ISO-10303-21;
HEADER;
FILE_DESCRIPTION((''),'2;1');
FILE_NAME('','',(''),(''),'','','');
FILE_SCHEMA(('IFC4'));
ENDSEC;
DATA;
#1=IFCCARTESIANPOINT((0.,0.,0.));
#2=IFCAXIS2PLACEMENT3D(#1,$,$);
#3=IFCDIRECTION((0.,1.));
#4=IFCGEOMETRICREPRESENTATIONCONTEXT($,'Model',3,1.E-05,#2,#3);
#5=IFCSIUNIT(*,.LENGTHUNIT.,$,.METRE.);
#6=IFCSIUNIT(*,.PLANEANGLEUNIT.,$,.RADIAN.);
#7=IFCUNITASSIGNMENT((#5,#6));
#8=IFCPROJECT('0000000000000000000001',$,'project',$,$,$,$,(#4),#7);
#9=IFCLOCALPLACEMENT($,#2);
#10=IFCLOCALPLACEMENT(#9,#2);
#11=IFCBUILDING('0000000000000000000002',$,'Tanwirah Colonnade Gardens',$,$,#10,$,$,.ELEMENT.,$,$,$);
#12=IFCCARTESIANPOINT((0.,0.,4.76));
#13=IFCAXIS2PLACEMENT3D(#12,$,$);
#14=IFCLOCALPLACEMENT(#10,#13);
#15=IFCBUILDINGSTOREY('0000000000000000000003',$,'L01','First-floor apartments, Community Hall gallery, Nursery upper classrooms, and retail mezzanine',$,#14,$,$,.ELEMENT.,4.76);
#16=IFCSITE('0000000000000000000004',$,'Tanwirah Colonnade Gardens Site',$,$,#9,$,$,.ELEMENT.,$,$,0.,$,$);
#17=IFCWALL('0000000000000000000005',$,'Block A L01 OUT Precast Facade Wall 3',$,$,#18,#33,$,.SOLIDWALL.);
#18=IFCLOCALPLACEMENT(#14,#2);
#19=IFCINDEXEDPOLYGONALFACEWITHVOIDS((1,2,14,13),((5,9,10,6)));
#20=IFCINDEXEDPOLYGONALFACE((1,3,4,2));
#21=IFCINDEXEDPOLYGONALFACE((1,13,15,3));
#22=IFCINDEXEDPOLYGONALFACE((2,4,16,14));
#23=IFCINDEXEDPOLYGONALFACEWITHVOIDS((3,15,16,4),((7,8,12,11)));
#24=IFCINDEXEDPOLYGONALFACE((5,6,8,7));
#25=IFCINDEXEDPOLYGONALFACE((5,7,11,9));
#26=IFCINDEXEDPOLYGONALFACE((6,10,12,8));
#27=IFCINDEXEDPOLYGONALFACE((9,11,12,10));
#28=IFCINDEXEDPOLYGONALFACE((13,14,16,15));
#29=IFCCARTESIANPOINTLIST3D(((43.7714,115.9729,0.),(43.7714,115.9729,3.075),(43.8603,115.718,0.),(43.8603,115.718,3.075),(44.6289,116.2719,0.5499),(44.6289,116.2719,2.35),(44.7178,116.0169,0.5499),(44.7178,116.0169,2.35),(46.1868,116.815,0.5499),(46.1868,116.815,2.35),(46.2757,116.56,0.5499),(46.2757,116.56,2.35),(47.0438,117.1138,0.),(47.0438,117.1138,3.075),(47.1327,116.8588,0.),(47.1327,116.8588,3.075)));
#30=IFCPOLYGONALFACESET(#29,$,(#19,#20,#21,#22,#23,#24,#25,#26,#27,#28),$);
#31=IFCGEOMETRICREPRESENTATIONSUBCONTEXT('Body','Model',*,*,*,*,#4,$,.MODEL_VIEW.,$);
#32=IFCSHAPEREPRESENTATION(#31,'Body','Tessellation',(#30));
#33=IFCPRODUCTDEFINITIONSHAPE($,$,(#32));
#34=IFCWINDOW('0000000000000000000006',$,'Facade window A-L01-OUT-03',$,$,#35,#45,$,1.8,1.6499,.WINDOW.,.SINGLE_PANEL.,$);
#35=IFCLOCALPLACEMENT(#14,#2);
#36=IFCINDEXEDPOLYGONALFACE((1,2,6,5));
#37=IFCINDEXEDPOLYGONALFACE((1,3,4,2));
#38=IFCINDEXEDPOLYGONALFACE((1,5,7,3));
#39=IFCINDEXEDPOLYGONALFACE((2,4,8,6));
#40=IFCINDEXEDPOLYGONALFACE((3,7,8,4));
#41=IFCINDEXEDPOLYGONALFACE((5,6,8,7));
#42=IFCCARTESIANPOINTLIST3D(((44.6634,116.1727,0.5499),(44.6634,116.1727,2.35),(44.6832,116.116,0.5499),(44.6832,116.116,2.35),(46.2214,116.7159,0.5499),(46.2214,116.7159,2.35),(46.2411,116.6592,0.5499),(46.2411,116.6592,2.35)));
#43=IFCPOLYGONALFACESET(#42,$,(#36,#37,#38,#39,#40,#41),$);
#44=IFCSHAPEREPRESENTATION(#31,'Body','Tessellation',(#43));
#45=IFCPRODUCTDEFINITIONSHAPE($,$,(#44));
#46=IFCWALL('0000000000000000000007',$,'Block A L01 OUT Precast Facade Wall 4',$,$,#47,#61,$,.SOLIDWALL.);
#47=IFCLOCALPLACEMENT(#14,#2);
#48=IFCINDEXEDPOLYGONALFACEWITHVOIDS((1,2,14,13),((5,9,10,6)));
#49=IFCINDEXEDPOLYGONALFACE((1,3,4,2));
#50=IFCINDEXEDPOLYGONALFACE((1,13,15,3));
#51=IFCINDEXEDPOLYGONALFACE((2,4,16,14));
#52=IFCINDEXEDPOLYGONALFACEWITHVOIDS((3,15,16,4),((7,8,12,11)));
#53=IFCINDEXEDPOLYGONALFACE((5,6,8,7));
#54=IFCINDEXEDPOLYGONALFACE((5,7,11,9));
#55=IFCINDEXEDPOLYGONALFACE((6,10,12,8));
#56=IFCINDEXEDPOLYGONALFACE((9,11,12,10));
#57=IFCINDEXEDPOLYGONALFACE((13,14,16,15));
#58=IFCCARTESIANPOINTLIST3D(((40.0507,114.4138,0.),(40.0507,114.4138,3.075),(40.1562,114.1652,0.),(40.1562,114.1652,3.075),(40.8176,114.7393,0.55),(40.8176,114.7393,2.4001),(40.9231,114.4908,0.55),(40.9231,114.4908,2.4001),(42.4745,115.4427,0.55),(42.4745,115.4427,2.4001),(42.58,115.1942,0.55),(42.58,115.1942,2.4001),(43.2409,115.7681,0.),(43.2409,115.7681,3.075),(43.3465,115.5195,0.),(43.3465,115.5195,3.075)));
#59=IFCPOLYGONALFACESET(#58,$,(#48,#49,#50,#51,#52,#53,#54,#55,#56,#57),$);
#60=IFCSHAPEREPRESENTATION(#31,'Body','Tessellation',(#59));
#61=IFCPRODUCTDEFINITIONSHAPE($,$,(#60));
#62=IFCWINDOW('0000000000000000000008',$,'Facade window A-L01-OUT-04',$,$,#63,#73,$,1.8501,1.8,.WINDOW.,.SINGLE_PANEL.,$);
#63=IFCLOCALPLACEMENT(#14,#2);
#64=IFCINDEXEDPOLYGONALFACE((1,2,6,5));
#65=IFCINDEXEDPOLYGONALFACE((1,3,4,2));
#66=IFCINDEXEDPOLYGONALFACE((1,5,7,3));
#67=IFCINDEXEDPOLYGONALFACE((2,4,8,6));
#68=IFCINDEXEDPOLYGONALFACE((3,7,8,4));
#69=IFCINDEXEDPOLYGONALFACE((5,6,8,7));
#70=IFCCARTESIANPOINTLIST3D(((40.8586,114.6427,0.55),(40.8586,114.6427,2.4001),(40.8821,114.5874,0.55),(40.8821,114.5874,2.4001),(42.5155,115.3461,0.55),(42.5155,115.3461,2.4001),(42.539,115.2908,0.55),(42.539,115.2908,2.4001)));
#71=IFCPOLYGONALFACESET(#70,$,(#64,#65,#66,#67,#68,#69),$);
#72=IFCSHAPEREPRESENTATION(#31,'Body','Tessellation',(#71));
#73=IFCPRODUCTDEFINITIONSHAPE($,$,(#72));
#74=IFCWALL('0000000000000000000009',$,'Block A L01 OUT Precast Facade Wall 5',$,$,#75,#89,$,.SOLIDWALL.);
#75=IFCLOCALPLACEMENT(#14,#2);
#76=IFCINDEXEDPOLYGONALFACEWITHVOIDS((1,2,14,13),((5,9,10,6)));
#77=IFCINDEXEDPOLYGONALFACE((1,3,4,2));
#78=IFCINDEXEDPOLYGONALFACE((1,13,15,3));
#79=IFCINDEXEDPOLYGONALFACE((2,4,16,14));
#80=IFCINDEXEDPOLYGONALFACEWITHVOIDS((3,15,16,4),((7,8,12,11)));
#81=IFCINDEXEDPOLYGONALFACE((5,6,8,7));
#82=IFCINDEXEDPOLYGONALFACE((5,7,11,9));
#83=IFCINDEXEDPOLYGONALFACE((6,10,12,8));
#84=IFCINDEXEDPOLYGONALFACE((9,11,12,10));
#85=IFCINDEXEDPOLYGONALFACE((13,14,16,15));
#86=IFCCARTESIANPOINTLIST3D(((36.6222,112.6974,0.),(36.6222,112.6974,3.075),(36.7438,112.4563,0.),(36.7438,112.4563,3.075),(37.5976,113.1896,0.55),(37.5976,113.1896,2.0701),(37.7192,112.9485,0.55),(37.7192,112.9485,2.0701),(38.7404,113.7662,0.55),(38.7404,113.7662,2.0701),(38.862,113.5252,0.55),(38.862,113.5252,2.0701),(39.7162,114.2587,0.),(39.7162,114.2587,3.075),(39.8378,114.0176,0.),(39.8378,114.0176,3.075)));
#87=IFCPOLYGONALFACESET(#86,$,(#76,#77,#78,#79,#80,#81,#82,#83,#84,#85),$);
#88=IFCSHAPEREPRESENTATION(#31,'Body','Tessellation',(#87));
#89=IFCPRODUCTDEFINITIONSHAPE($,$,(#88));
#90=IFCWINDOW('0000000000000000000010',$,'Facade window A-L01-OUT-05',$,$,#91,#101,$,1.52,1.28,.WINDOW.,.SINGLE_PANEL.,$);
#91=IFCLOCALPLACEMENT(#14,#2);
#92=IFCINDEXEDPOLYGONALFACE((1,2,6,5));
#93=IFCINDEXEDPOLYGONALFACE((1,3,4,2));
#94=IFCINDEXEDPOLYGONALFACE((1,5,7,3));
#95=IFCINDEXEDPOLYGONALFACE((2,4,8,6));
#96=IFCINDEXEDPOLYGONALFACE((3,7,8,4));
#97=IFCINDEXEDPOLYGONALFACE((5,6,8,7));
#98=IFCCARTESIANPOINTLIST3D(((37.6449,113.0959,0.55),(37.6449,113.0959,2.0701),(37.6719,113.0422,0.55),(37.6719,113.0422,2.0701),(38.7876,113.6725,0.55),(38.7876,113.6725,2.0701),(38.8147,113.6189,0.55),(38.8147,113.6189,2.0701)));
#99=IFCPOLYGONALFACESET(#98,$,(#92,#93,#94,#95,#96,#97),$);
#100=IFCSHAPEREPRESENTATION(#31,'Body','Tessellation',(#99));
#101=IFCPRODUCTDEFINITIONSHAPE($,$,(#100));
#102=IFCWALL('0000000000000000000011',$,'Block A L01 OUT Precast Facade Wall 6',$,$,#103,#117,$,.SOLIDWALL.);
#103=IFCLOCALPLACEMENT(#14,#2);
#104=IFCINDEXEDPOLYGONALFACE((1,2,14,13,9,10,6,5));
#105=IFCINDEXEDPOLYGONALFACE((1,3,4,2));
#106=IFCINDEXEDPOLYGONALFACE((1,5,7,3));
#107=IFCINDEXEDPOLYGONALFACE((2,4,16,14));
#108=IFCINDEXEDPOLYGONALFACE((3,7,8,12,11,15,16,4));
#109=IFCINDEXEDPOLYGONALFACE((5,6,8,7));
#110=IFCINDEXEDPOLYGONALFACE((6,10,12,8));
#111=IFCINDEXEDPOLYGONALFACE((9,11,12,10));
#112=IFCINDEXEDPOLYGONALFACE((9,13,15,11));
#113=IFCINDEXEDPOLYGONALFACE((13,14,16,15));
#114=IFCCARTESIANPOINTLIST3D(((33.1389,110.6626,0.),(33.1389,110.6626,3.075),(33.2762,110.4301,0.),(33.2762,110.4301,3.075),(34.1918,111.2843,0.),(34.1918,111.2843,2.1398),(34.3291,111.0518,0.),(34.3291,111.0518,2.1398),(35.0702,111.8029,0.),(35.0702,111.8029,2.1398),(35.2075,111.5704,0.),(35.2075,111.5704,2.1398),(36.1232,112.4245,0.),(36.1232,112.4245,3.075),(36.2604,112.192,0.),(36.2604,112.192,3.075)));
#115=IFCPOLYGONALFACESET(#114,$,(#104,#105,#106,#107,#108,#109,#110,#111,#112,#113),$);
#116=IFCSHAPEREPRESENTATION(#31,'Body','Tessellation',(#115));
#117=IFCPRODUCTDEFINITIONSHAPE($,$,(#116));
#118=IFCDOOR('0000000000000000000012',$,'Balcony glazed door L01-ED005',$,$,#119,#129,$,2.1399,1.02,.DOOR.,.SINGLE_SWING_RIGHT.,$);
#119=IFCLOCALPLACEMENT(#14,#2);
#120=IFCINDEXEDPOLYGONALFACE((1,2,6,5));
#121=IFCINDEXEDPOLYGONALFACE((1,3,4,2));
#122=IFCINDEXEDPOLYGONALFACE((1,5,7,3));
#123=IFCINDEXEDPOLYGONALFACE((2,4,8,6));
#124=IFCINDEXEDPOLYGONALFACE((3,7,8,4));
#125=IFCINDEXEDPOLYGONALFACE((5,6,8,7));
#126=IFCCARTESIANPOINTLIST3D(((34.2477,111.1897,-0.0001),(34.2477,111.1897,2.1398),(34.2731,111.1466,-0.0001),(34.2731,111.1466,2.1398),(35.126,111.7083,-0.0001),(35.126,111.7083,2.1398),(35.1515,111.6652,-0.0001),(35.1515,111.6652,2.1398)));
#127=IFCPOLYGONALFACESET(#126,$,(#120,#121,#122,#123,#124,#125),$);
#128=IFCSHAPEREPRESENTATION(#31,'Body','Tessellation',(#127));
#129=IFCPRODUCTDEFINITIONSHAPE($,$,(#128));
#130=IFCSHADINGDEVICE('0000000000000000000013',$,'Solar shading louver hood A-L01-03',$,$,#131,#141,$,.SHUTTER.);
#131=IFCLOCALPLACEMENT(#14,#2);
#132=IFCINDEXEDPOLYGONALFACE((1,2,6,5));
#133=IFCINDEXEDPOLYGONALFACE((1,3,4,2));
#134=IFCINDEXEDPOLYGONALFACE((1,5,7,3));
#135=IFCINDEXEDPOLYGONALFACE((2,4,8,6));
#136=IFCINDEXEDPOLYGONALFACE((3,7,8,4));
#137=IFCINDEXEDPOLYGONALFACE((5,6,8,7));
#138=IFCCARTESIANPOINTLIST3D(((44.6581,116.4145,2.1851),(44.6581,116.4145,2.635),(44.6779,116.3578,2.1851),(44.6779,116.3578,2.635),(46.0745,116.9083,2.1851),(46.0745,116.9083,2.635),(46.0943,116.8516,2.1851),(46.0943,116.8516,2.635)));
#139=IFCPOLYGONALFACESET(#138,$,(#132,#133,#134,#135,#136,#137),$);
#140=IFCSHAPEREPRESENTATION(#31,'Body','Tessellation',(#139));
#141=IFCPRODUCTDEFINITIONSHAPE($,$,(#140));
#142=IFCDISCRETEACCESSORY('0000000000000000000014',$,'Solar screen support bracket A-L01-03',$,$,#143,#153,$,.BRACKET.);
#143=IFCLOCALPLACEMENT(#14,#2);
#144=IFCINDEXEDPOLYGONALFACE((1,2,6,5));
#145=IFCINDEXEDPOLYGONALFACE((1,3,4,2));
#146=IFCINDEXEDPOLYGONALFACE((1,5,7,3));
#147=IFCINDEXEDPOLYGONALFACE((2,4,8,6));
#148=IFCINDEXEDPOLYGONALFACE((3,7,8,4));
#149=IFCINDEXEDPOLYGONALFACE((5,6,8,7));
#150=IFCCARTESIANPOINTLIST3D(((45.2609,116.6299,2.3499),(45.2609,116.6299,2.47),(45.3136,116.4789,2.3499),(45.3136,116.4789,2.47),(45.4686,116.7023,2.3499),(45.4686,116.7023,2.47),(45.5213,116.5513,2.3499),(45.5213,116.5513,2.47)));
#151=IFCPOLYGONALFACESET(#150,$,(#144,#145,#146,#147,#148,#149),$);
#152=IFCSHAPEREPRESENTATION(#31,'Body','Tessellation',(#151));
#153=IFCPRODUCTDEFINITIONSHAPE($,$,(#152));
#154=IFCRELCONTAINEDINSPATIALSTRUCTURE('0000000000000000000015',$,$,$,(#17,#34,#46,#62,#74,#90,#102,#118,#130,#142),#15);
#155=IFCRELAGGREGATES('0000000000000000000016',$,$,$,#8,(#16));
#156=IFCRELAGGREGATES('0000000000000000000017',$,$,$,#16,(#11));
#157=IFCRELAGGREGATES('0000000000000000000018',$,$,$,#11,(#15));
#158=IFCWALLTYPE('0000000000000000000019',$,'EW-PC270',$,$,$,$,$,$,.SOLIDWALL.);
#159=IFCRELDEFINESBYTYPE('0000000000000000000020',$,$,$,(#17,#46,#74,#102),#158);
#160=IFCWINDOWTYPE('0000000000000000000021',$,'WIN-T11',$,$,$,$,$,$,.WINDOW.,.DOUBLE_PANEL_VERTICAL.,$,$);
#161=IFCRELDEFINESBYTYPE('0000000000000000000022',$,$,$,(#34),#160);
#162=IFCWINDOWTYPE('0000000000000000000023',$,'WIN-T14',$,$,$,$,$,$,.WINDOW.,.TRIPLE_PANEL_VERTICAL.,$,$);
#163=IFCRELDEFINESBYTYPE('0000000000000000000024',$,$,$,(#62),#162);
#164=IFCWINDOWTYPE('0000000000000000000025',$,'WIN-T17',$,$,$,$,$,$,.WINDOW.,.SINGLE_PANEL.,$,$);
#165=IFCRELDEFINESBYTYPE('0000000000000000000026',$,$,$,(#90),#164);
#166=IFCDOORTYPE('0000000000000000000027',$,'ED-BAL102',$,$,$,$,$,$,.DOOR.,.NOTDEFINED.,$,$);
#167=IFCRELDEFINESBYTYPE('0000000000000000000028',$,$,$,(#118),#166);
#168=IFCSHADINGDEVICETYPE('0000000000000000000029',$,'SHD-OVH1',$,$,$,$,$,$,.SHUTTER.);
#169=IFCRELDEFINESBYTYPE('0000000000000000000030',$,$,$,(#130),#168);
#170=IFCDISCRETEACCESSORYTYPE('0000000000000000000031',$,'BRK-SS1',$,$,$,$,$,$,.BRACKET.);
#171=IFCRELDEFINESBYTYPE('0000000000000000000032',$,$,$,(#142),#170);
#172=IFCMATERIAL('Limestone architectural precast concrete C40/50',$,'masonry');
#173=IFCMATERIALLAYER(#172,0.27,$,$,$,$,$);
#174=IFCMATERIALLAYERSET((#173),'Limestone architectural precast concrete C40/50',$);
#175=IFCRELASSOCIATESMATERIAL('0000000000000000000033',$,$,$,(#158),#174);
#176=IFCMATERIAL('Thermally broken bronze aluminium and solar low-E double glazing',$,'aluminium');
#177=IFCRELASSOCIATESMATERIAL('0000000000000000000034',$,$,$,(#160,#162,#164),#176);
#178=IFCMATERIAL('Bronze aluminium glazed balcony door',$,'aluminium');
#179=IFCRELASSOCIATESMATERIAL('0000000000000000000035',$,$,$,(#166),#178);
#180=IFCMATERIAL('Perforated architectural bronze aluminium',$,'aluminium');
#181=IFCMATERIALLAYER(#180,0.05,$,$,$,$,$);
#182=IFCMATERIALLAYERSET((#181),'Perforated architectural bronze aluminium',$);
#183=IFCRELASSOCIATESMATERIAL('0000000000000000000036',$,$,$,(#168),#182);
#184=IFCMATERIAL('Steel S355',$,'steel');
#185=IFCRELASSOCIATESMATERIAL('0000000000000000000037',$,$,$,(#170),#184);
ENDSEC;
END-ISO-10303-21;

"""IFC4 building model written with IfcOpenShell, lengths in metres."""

from ifc_helpers import new_model, si_unit, direction, frame, frame_2d, origin, origin_2d, place, context, subcontext, project, spatial, rectangle, extrude, material, layer, layer_set, type_object, element, fill, save


model = new_model("IFC4")

# Units and contexts
model_context = context("Model", 3, precision=1e-05, world=origin(), true_north=direction((0.0, 1.0)))
body_context = subcontext(model_context, "Body", "Model", "MODEL_VIEW")
ifc_project = project(units=[si_unit("LENGTHUNIT", "METRE"), si_unit("PLANEANGLEUNIT", "RADIAN")], contexts=[model_context])

# Site, building, storey
site_placement = place(None, origin())
site = spatial("IfcSite", under=ifc_project, at=site_placement, Name="Tanwirah Colonnade Gardens Site", CompositionType="ELEMENT", RefElevation=0.0)
building_placement = place(site_placement, origin())
building = spatial("IfcBuilding", under=site, at=building_placement, Name="Tanwirah Colonnade Gardens", CompositionType="ELEMENT")
storey_placement = place(building_placement, frame((0.0, 0.0, 4.76)))
storey = spatial("IfcBuildingStorey", under=building, at=storey_placement, Name="L01", Description="First-floor apartments, Community Hall gallery, Nursery upper classrooms, and retail mezzanine", CompositionType="ELEMENT", Elevation=4.76)

# Walls, openings, windows
ifc_material_1 = material(Name="Limestone architectural precast concrete C40/50", Category="masonry")
ifc_layer_1 = layer(ifc_material_1, 0.27)
ifc_layer_set_1 = layer_set([ifc_layer_1], Name="Limestone architectural precast concrete C40/50")
wall_type_1 = type_object("IfcWallType", Name="EW-PC270", PredefinedType="SOLIDWALL", material=ifc_layer_set_1)
wall_1_placement = place(storey_placement, frame((47.0884, 116.9863, 0.0), z_axis=(0.0, 0.0, 1.0), x_axis=(-0.944262, -0.329195, 0.0)))
wall_1 = element("IfcWall", 1, at=wall_1_placement, inside=storey, type_object=wall_type_1, Name="Block A L01 OUT Precast Facade Wall 3", PredefinedType="SOLIDWALL", context=body_context, shape_type="SweptSolid", body=[
    extrude(rectangle(XDim=3.4656, YDim=0.27, at=frame_2d((1.7329, 0.0))), origin(), (0.0, 0.0, 1.0), 3.075),
])
opening_1_placement = place(wall_1_placement, frame((0.9077, 0.0, 0.55)))
opening_1 = element("IfcOpeningElement", 2, at=opening_1_placement, cuts=wall_1, PredefinedType="OPENING", context=body_context, shape_type="SweptSolid", body=[
    extrude(rectangle(XDim=1.6499, YDim=1.8, at=frame_2d((0.825, 0.8999))), frame((0.0, 0.145, 0.0), z_axis=(0.0, -1.0, 0.0), x_axis=(1.0, 0.0, 0.0)), (0.0, 0.0, 1.0), 0.29),
])
ifc_material_2 = material(Name="Thermally broken bronze aluminium and solar low-E double glazing", Category="aluminium")
window_type_1 = type_object("IfcWindowType", Name="WIN-T11", PartitioningType="DOUBLE_PANEL_VERTICAL", PredefinedType="WINDOW", material=ifc_material_2)
window_1_placement = place(opening_1_placement, origin())
window_1 = element("IfcWindow", 3, at=window_1_placement, inside=storey, type_object=window_type_1, Name="Facade window A-L01-OUT-03", OverallHeight=1.8, OverallWidth=1.6499, PartitioningType="SINGLE_PANEL", PredefinedType="WINDOW", context=body_context, shape_type="SweptSolid", body=[
    extrude(rectangle(XDim=1.6499, YDim=1.8, at=frame_2d((0.825, 0.8999))), frame((0.0, 0.03, 0.0), z_axis=(0.0, -1.0, 0.0), x_axis=(1.0, 0.0, 0.0)), (0.0, 0.0, 1.0), 0.0601),
])
fill(opening_1, window_1)
wall_2_placement = place(storey_placement, frame((43.2937, 115.6438, 0.0), z_axis=(0.0, 0.0, 1.0), x_axis=(-0.920495, -0.390754, 0.0)))
wall_2 = element("IfcWall", 4, at=wall_2_placement, inside=storey, type_object=wall_type_1, Name="Block A L01 OUT Precast Facade Wall 4", PredefinedType="SOLIDWALL", context=body_context, shape_type="SweptSolid", body=[
    extrude(rectangle(XDim=3.4658, YDim=0.27, at=frame_2d((1.7329, 0.0))), origin(), (0.0, 0.0, 1.0), 3.075),
])
opening_2_placement = place(wall_2_placement, frame((0.8328, 0.0, 0.55)))
opening_2 = element("IfcOpeningElement", 5, at=opening_2_placement, cuts=wall_2, PredefinedType="OPENING", context=body_context, shape_type="SweptSolid", body=[
    extrude(rectangle(XDim=1.8, YDim=1.8501, at=frame_2d((0.8999, 0.925))), frame((0.0, 0.145, 0.0), z_axis=(0.0, -1.0, 0.0), x_axis=(1.0, 0.0, 0.0)), (0.0, 0.0, 1.0), 0.29),
])
window_type_2 = type_object("IfcWindowType", Name="WIN-T14", PartitioningType="TRIPLE_PANEL_VERTICAL", PredefinedType="WINDOW", material=ifc_material_2)
window_2_placement = place(opening_2_placement, origin())
window_2 = element("IfcWindow", 6, at=window_2_placement, inside=storey, type_object=window_type_2, Name="Facade window A-L01-OUT-04", OverallHeight=1.8501, OverallWidth=1.8, PartitioningType="SINGLE_PANEL", PredefinedType="WINDOW", context=body_context, shape_type="SweptSolid", body=[
    extrude(rectangle(XDim=1.8, YDim=1.8501, at=frame_2d((0.8999, 0.925))), frame((0.0, 0.03, 0.0), z_axis=(0.0, -1.0, 0.0), x_axis=(1.0, 0.0, 0.0)), (0.0, 0.0, 1.0), 0.0601),
])
fill(opening_2, window_2)
wall_3_placement = place(storey_placement, frame((39.7771, 114.1382, 0.0), z_axis=(0.0, 0.0, 1.0), x_axis=(-0.892773, -0.450507, 0.0)))
wall_3 = element("IfcWall", 7, at=wall_3_placement, inside=storey, type_object=wall_type_1, Name="Block A L01 OUT Precast Facade Wall 5", PredefinedType="SOLIDWALL", context=body_context, shape_type="SweptSolid", body=[
    extrude(rectangle(XDim=3.4656, YDim=0.27, at=frame_2d((1.7329, 0.0))), origin(), (0.0, 0.0, 1.0), 3.075),
])
opening_3_placement = place(wall_3_placement, frame((1.093, 0.0, 0.55)))
opening_3 = element("IfcOpeningElement", 8, at=opening_3_placement, cuts=wall_3, PredefinedType="OPENING", context=body_context, shape_type="SweptSolid", body=[
    extrude(rectangle(XDim=1.28, YDim=1.52, at=frame_2d((0.6401, 0.76))), frame((0.0, 0.145, 0.0), z_axis=(0.0, -1.0, 0.0), x_axis=(1.0, 0.0, 0.0)), (0.0, 0.0, 1.0), 0.29),
])
window_type_3 = type_object("IfcWindowType", Name="WIN-T17", PartitioningType="SINGLE_PANEL", PredefinedType="WINDOW", material=ifc_material_2)
window_3_placement = place(opening_3_placement, origin())
window_3 = element("IfcWindow", 9, at=window_3_placement, inside=storey, type_object=window_type_3, Name="Facade window A-L01-OUT-05", OverallHeight=1.52, OverallWidth=1.28, PartitioningType="SINGLE_PANEL", PredefinedType="WINDOW", context=body_context, shape_type="SweptSolid", body=[
    extrude(rectangle(XDim=1.28, YDim=1.52, at=frame_2d((0.6401, 0.76))), frame((0.0, 0.03, 0.0), z_axis=(0.0, -1.0, 0.0), x_axis=(1.0, 0.0, 0.0)), (0.0, 0.0, 1.0), 0.0601),
])
fill(opening_3, window_3)

# Wall, opening, door
wall_4_placement = place(storey_placement, frame((36.1919, 112.3083, 0.0), z_axis=(0.0, 0.0, 1.0), x_axis=(-0.86112, -0.508402, 0.0)))
wall_4 = element("IfcWall", 10, at=wall_4_placement, inside=storey, type_object=wall_type_1, Name="Block A L01 OUT Precast Facade Wall 6", PredefinedType="SOLIDWALL", context=body_context, shape_type="SweptSolid", body=[
    extrude(rectangle(XDim=3.4656, YDim=0.27, at=frame_2d((1.7329, 0.0))), origin(), (0.0, 0.0, 1.0), 3.075),
])
opening_4_placement = place(wall_4_placement, frame((1.2229, 0.0, 0.0)))
opening_4 = element("IfcOpeningElement", 11, at=opening_4_placement, cuts=wall_4, PredefinedType="OPENING", context=body_context, shape_type="SweptSolid", body=[
    extrude(rectangle(XDim=1.02, YDim=2.1399, at=frame_2d((0.51, 1.0698))), frame((0.0, 0.145, 0.0), z_axis=(0.0, -1.0, 0.0), x_axis=(1.0, 0.0, 0.0)), (0.0, 0.0, 1.0), 0.29),
])
ifc_material_3 = material(Name="Bronze aluminium glazed balcony door", Category="aluminium")
door_type_1 = type_object("IfcDoorType", Name="ED-BAL102", OperationType="NOTDEFINED", PredefinedType="DOOR", material=ifc_material_3)
door_1_placement = place(opening_4_placement, origin())
door_1 = element("IfcDoor", 12, at=door_1_placement, inside=storey, type_object=door_type_1, Name="Balcony glazed door L01-ED005", OperationType="SINGLE_SWING_RIGHT", OverallHeight=2.1399, OverallWidth=1.02, PredefinedType="DOOR", context=body_context, shape_type="SweptSolid", body=[
    extrude(rectangle(XDim=1.02, YDim=2.1399, at=frame_2d((0.51, 1.0698))), frame((0.0, 0.0249, 0.0), z_axis=(0.0, -1.0, 0.0), x_axis=(1.0, 0.0, 0.0)), (0.0, 0.0, 1.0), 0.05),
])
fill(opening_4, door_1)

# Shading device
ifc_material_4 = material(Name="Perforated architectural bronze aluminium", Category="aluminium")
ifc_layer_2 = layer(ifc_material_4, 0.05)
ifc_layer_set_2 = layer_set([ifc_layer_2], Name="Perforated architectural bronze aluminium")
shading_device_type = type_object("IfcShadingDeviceType", Name="SHD-OVH1", PredefinedType="SHUTTER", material=ifc_layer_set_2)
shading_device_placement = place(storey_placement, frame((45.3762, 116.6331, 2.1851), z_axis=(0.0, 0.0, 1.0), x_axis=(-0.944249, -0.329233, 0.0)))
element("IfcShadingDevice", 13, at=shading_device_placement, inside=storey, type_object=shading_device_type, Name="Solar shading louver hood A-L01-03", PredefinedType="SHUTTER", context=body_context, shape_type="SweptSolid", body=[
    extrude(rectangle(XDim=1.5, YDim=0.0601, at=origin_2d()), origin(), (0.0, 0.0, 1.0), 0.45),
])

# Discrete accessory
ifc_material_5 = material(Name="Steel S355", Category="steel")
discrete_accessory_type = type_object("IfcDiscreteAccessoryType", Name="BRK-SS1", PredefinedType="BRACKET", material=ifc_material_5)
discrete_accessory_placement = place(storey_placement, frame((45.3911, 116.5906, 2.3499), z_axis=(0.0, 0.0, 1.0), x_axis=(-0.944249, -0.329233, 0.0)))
element("IfcDiscreteAccessory", 14, at=discrete_accessory_placement, inside=storey, type_object=discrete_accessory_type, Name="Solar screen support bracket A-L01-03", PredefinedType="BRACKET", context=body_context, shape_type="SweptSolid", body=[
    extrude(rectangle(XDim=0.22, YDim=0.1599, at=origin_2d()), origin(), (0.0, 0.0, 1.0), 0.1201),
])

save(model, "model.ifc")
